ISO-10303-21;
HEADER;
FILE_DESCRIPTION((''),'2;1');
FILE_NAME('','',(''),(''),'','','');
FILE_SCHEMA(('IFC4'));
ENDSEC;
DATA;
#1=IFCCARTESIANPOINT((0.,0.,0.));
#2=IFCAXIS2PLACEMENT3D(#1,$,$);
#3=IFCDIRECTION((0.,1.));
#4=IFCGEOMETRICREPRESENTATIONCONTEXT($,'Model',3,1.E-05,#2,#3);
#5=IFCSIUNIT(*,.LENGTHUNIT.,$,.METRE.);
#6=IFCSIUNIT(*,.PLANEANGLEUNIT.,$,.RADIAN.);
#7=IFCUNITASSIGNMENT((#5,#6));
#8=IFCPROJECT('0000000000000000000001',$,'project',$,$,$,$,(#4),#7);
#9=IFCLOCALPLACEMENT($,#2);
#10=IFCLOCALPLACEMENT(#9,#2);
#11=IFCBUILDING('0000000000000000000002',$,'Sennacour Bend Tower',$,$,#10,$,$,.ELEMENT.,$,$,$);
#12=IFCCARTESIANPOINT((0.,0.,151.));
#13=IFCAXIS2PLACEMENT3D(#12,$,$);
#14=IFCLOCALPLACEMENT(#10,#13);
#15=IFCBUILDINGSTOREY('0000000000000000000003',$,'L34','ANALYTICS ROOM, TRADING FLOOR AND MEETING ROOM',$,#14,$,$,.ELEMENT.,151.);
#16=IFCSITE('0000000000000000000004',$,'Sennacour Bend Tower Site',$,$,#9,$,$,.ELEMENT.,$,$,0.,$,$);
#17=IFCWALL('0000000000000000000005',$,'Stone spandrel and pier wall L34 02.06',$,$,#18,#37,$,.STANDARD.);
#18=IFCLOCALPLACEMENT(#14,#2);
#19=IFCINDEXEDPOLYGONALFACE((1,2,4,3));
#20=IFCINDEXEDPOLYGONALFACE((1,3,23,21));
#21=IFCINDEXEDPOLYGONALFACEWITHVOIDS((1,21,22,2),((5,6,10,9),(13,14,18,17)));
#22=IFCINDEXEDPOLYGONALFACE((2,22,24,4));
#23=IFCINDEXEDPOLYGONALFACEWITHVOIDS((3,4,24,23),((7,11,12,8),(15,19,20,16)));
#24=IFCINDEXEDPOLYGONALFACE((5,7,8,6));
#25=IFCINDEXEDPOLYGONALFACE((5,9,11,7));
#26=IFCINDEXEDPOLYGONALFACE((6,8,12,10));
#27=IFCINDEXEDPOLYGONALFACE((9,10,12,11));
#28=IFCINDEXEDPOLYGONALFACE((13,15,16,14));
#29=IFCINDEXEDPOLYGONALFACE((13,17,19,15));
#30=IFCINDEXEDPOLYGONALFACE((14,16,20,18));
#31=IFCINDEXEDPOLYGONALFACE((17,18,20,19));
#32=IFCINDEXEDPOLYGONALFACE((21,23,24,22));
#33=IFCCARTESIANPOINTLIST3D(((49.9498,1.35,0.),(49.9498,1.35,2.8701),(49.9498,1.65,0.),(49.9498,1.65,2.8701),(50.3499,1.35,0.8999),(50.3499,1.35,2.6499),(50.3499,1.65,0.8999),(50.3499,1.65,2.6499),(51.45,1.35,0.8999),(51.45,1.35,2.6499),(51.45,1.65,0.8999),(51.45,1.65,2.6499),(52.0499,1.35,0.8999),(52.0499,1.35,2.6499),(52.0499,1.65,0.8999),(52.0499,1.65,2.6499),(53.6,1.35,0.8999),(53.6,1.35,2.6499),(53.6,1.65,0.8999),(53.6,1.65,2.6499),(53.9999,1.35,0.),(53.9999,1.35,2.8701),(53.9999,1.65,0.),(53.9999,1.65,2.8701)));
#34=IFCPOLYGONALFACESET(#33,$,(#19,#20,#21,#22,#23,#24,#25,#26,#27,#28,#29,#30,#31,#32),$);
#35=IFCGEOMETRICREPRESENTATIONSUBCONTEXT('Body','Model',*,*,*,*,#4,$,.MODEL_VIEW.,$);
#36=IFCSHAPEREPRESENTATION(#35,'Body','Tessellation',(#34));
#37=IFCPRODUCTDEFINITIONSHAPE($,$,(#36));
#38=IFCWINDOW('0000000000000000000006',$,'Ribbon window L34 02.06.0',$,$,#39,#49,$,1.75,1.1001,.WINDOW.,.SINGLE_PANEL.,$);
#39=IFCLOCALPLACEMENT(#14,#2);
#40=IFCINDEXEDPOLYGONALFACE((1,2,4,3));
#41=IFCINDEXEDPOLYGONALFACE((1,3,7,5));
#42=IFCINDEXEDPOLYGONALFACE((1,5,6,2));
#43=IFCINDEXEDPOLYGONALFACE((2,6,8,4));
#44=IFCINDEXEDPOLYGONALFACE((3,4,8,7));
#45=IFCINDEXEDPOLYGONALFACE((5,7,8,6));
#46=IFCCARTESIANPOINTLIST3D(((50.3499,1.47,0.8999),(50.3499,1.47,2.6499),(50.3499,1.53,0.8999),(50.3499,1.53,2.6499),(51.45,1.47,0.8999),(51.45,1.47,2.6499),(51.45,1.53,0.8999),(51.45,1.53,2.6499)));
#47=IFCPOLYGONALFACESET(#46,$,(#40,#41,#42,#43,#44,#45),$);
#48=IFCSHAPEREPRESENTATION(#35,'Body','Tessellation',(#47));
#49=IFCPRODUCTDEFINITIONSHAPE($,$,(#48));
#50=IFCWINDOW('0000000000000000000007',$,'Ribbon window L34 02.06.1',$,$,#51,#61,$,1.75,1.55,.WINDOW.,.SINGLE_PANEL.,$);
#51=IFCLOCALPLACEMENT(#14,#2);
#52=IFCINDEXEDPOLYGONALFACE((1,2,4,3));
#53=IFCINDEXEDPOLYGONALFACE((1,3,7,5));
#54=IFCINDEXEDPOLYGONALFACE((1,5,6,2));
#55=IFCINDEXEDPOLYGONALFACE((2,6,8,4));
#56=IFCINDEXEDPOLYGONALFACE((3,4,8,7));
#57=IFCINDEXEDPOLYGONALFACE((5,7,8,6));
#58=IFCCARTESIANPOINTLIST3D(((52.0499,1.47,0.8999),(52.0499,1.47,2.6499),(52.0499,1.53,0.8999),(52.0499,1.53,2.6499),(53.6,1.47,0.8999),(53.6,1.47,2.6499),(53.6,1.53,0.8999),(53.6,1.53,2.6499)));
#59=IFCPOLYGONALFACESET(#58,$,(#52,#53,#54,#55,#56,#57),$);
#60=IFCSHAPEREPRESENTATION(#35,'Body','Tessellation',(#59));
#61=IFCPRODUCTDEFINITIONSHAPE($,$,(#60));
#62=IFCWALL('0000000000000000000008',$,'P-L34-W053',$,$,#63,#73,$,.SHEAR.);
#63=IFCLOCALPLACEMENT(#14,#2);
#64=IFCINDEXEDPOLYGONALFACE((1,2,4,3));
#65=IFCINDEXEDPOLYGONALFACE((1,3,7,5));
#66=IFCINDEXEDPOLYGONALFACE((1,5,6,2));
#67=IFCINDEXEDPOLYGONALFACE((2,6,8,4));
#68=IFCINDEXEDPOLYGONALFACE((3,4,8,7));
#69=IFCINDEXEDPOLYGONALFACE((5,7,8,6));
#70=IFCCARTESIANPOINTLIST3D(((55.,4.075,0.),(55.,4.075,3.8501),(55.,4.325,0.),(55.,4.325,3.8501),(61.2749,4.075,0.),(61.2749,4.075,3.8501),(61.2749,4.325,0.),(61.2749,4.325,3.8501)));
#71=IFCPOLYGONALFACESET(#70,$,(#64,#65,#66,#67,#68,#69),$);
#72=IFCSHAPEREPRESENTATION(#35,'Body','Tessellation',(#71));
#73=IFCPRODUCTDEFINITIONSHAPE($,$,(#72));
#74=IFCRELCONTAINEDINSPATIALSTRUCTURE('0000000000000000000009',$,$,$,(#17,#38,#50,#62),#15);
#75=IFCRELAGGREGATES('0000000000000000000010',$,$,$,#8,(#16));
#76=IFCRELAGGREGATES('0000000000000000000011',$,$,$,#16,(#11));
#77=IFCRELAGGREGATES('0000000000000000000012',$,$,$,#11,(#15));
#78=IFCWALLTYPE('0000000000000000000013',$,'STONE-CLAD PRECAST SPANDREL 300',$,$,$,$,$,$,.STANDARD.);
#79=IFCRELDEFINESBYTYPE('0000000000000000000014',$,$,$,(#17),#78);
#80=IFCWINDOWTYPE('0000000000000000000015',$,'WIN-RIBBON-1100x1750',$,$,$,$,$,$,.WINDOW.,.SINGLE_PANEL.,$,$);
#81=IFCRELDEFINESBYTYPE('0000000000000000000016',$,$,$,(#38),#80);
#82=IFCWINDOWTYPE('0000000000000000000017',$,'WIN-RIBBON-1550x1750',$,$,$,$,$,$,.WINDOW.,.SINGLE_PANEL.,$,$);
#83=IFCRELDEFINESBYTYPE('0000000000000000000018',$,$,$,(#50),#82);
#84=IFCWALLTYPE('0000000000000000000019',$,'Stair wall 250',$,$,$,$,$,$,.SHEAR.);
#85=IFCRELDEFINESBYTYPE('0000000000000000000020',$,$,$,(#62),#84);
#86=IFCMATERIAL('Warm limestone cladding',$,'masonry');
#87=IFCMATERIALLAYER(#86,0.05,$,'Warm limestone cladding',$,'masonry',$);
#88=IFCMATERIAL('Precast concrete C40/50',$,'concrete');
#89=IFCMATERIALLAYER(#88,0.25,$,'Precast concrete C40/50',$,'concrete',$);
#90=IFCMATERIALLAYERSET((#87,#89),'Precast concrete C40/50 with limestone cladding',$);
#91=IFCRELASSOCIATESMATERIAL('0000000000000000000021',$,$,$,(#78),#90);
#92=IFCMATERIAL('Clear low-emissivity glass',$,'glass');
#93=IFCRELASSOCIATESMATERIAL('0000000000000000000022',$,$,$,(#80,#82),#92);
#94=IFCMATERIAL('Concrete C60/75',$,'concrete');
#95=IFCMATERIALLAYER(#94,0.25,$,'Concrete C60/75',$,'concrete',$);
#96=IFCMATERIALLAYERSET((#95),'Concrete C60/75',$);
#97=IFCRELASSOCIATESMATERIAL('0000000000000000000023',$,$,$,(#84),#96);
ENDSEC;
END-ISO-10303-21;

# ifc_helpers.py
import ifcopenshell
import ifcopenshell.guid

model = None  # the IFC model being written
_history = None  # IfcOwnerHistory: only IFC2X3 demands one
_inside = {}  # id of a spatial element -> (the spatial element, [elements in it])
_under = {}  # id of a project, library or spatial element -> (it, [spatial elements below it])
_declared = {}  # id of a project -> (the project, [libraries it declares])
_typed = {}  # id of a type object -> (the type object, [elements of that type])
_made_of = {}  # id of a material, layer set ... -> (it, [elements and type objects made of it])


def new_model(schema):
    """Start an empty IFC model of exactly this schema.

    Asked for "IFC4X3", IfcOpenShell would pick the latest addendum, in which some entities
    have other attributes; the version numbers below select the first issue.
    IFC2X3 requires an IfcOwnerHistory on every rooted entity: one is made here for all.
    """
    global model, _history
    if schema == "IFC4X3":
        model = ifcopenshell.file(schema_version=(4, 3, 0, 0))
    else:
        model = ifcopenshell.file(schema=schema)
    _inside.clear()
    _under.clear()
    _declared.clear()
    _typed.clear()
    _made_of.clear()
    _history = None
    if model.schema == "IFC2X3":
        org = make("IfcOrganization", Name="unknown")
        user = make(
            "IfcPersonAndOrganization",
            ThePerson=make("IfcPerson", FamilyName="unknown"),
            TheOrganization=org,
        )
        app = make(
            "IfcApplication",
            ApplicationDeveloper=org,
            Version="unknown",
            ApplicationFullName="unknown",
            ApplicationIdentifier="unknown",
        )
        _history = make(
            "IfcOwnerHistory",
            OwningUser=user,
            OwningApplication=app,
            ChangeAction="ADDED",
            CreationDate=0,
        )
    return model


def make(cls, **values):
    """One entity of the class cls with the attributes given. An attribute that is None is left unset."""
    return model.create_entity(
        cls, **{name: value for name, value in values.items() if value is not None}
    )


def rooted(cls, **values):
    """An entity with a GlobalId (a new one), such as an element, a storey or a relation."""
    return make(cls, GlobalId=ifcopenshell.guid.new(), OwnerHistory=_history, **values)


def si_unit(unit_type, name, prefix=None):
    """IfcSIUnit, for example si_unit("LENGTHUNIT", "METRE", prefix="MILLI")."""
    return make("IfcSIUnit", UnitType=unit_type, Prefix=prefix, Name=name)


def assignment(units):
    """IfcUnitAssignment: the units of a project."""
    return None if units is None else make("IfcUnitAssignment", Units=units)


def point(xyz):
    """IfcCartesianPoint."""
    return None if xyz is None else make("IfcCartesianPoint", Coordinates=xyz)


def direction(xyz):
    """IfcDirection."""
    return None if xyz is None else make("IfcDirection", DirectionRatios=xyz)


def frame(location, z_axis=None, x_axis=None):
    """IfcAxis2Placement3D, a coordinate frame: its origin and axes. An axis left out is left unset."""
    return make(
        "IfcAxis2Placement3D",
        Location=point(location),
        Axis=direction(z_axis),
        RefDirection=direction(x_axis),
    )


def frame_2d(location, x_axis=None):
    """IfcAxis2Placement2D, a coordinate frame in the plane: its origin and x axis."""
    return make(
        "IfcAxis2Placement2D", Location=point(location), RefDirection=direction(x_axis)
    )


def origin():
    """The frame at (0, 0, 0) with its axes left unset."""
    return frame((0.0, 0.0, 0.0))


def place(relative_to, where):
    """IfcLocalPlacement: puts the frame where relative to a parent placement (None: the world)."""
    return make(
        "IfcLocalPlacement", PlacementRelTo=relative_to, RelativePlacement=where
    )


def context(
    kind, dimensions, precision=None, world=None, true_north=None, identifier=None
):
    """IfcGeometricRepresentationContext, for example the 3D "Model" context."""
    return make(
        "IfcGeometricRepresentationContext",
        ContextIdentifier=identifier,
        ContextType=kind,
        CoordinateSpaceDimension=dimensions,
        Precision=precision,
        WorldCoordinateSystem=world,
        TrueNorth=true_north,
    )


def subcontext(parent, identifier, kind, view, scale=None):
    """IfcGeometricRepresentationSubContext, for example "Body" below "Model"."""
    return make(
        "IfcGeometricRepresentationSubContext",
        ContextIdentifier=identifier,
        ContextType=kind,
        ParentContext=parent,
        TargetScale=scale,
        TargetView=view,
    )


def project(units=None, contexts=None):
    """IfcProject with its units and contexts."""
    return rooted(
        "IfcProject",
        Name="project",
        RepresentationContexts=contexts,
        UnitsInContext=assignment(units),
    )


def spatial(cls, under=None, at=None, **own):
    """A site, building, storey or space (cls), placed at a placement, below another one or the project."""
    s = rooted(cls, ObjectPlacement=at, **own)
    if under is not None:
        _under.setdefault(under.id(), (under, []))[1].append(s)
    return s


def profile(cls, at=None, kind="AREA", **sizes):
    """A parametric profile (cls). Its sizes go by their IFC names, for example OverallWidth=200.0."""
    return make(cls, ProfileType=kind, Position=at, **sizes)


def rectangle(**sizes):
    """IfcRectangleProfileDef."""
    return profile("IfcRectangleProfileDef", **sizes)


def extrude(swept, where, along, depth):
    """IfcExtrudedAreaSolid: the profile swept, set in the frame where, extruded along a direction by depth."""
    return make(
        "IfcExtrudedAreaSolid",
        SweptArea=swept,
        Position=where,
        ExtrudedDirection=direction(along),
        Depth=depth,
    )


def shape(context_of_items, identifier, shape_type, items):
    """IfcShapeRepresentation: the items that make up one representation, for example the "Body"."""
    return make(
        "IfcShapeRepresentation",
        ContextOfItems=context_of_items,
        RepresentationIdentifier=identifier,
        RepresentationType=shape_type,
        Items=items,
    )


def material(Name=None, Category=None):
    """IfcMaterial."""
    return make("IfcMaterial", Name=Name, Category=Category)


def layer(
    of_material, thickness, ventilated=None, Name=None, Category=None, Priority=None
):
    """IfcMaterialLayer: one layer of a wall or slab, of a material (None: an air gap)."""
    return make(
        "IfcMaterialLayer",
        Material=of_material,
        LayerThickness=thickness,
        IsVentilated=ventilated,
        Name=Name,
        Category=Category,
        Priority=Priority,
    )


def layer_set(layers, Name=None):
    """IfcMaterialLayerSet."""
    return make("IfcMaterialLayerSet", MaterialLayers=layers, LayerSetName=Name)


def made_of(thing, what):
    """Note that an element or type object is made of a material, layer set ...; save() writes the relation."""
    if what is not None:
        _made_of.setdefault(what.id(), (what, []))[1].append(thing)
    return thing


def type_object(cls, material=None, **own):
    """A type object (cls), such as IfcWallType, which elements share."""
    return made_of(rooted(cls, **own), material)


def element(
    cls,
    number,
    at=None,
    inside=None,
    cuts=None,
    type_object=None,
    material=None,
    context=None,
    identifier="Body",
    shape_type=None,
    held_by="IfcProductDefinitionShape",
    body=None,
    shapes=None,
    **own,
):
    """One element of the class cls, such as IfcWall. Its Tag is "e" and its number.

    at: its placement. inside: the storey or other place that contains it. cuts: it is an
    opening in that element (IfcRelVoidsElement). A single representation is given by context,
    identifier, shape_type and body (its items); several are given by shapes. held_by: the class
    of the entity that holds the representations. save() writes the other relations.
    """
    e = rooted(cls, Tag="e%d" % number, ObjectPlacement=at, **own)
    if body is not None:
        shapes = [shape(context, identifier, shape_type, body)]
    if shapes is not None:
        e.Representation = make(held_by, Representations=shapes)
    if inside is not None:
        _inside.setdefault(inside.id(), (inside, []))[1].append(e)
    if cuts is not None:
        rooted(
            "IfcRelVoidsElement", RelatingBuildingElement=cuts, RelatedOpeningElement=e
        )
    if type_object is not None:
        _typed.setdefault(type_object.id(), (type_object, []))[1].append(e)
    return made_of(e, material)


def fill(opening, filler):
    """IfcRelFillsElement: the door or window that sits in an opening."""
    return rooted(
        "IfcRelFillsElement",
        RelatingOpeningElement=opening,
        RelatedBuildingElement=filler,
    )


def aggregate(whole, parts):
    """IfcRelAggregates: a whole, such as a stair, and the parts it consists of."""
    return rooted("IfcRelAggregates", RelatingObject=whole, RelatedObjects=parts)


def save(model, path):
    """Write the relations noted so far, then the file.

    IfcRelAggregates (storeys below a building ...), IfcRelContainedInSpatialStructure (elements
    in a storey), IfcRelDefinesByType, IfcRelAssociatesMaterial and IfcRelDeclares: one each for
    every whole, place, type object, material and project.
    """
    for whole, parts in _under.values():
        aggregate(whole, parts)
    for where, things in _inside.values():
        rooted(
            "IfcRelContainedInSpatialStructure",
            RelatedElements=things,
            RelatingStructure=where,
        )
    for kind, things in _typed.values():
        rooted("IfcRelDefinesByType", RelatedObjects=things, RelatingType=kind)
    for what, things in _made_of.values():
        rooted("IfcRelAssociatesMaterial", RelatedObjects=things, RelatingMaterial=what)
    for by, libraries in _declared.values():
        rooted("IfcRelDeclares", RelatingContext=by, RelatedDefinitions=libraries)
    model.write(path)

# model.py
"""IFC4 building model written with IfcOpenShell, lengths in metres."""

from ifc_helpers import new_model, si_unit, direction, frame, frame_2d, origin, place, context, subcontext, project, spatial, rectangle, extrude, material, layer, layer_set, type_object, element, fill, save


model = new_model("IFC4")

# Units and contexts
model_context = context("Model", 3, precision=1e-05, world=origin(), true_north=direction((0.0, 1.0)))
body_context = subcontext(model_context, "Body", "Model", "MODEL_VIEW")
ifc_project = project(units=[si_unit("LENGTHUNIT", "METRE"), si_unit("PLANEANGLEUNIT", "RADIAN")], contexts=[model_context])

# Site, building, storey
site_placement = place(None, origin())
site = spatial("IfcSite", under=ifc_project, at=site_placement, Name="Sennacour Bend Tower Site", CompositionType="ELEMENT", RefElevation=0.0)
building_placement = place(site_placement, origin())
building = spatial("IfcBuilding", under=site, at=building_placement, Name="Sennacour Bend Tower", CompositionType="ELEMENT")
storey_placement = place(building_placement, frame((0.0, 0.0, 151.0)))
storey = spatial("IfcBuildingStorey", under=building, at=storey_placement, Name="L34", Description="ANALYTICS ROOM, TRADING FLOOR AND MEETING ROOM", CompositionType="ELEMENT", Elevation=151.0)

# Shared definitions
ifc_material_1 = material(Name="Concrete C60/75", Category="concrete")

# Wall, openings, windows
ifc_material_2 = material(Name="Warm limestone cladding", Category="masonry")
ifc_layer_1 = layer(ifc_material_2, 0.05, Name="Warm limestone cladding", Category="masonry")
ifc_material_3 = material(Name="Precast concrete C40/50", Category="concrete")
ifc_layer_2 = layer(ifc_material_3, 0.25, Name="Precast concrete C40/50", Category="concrete")
ifc_layer_set_1 = layer_set([ifc_layer_1, ifc_layer_2], Name="Precast concrete C40/50 with limestone cladding")
wall_type_1 = type_object("IfcWallType", Name="STONE-CLAD PRECAST SPANDREL 300", PredefinedType="STANDARD", material=ifc_layer_set_1)
wall_1_placement = place(storey_placement, frame((49.95, 1.5, 0.0), z_axis=(0.0, 0.0, 1.0), x_axis=(1.0, 0.0, 0.0)))
wall_1 = element("IfcWall", 1, at=wall_1_placement, inside=storey, type_object=wall_type_1, Name="Stone spandrel and pier wall L34 02.06", PredefinedType="STANDARD", context=body_context, shape_type="SweptSolid", body=[
    extrude(rectangle(XDim=4.05, YDim=0.3, at=frame_2d((2.0249, 0.0))), origin(), (0.0, 0.0, 1.0), 2.8701),
])
opening_1_placement = place(wall_1_placement, frame((0.3999, 0.0, 0.8999)))
opening_1 = element("IfcOpeningElement", 2, at=opening_1_placement, cuts=wall_1, PredefinedType="OPENING", context=body_context, shape_type="SweptSolid", body=[
    extrude(rectangle(XDim=1.1001, YDim=1.75, at=frame_2d((0.55, 0.875))), frame((0.0, 0.1602, 0.0), z_axis=(0.0, -1.0, 0.0), x_axis=(1.0, 0.0, 0.0)), (0.0, 0.0, 1.0), 0.3201),
])
opening_2_placement = place(wall_1_placement, frame((2.1001, 0.0, 0.8999)))
opening_2 = element("IfcOpeningElement", 3, at=opening_2_placement, cuts=wall_1, PredefinedType="OPENING", context=body_context, shape_type="SweptSolid", body=[
    extrude(rectangle(XDim=1.55, YDim=1.75, at=frame_2d((0.7749, 0.875))), frame((0.0, 0.1602, 0.0), z_axis=(0.0, -1.0, 0.0), x_axis=(1.0, 0.0, 0.0)), (0.0, 0.0, 1.0), 0.3201),
])
ifc_material_4 = material(Name="Clear low-emissivity glass", Category="glass")
window_type_1 = type_object("IfcWindowType", Name="WIN-RIBBON-1100x1750", PartitioningType="SINGLE_PANEL", PredefinedType="WINDOW", material=ifc_material_4)
window_1_placement = place(opening_1_placement, origin())
window_1 = element("IfcWindow", 4, at=window_1_placement, inside=storey, type_object=window_type_1, Name="Ribbon window L34 02.06.0", OverallHeight=1.75, OverallWidth=1.1001, PartitioningType="SINGLE_PANEL", PredefinedType="WINDOW", context=body_context, shape_type="SweptSolid", body=[
    extrude(rectangle(XDim=1.1001, YDim=1.75, at=frame_2d((0.55, 0.875))), frame((0.0, 0.03, 0.0), z_axis=(0.0, -1.0, 0.0), x_axis=(1.0, 0.0, 0.0)), (0.0, 0.0, 1.0), 0.0601),
])
fill(opening_1, window_1)
window_type_2 = type_object("IfcWindowType", Name="WIN-RIBBON-1550x1750", PartitioningType="SINGLE_PANEL", PredefinedType="WINDOW", material=ifc_material_4)
window_2_placement = place(opening_2_placement, origin())
window_2 = element("IfcWindow", 5, at=window_2_placement, inside=storey, type_object=window_type_2, Name="Ribbon window L34 02.06.1", OverallHeight=1.75, OverallWidth=1.55, PartitioningType="SINGLE_PANEL", PredefinedType="WINDOW", context=body_context, shape_type="SweptSolid", body=[
    extrude(rectangle(XDim=1.55, YDim=1.75, at=frame_2d((0.7749, 0.875))), frame((0.0, 0.03, 0.0), z_axis=(0.0, -1.0, 0.0), x_axis=(1.0, 0.0, 0.0)), (0.0, 0.0, 1.0), 0.0601),
])
fill(opening_2, window_2)

# Wall
ifc_layer_3 = layer(ifc_material_1, 0.25, Name="Concrete C60/75", Category="concrete")
ifc_layer_set_2 = layer_set([ifc_layer_3], Name="Concrete C60/75")
wall_type_2 = type_object("IfcWallType", Name="Stair wall 250", PredefinedType="SHEAR", material=ifc_layer_set_2)
wall_2_placement = place(storey_placement, frame((55.0, 4.2, 0.0), z_axis=(0.0, 0.0, 1.0), x_axis=(1.0, 0.0, 0.0)))
element("IfcWall", 6, at=wall_2_placement, inside=storey, type_object=wall_type_2, Name="P-L34-W053", PredefinedType="SHEAR", context=body_context, shape_type="SweptSolid", body=[
    extrude(rectangle(XDim=6.2749, YDim=0.25, at=frame_2d((3.1375, 0.0))), origin(), (0.0, 0.0, 1.0), 3.8501),
])

save(model, "model.ifc")
